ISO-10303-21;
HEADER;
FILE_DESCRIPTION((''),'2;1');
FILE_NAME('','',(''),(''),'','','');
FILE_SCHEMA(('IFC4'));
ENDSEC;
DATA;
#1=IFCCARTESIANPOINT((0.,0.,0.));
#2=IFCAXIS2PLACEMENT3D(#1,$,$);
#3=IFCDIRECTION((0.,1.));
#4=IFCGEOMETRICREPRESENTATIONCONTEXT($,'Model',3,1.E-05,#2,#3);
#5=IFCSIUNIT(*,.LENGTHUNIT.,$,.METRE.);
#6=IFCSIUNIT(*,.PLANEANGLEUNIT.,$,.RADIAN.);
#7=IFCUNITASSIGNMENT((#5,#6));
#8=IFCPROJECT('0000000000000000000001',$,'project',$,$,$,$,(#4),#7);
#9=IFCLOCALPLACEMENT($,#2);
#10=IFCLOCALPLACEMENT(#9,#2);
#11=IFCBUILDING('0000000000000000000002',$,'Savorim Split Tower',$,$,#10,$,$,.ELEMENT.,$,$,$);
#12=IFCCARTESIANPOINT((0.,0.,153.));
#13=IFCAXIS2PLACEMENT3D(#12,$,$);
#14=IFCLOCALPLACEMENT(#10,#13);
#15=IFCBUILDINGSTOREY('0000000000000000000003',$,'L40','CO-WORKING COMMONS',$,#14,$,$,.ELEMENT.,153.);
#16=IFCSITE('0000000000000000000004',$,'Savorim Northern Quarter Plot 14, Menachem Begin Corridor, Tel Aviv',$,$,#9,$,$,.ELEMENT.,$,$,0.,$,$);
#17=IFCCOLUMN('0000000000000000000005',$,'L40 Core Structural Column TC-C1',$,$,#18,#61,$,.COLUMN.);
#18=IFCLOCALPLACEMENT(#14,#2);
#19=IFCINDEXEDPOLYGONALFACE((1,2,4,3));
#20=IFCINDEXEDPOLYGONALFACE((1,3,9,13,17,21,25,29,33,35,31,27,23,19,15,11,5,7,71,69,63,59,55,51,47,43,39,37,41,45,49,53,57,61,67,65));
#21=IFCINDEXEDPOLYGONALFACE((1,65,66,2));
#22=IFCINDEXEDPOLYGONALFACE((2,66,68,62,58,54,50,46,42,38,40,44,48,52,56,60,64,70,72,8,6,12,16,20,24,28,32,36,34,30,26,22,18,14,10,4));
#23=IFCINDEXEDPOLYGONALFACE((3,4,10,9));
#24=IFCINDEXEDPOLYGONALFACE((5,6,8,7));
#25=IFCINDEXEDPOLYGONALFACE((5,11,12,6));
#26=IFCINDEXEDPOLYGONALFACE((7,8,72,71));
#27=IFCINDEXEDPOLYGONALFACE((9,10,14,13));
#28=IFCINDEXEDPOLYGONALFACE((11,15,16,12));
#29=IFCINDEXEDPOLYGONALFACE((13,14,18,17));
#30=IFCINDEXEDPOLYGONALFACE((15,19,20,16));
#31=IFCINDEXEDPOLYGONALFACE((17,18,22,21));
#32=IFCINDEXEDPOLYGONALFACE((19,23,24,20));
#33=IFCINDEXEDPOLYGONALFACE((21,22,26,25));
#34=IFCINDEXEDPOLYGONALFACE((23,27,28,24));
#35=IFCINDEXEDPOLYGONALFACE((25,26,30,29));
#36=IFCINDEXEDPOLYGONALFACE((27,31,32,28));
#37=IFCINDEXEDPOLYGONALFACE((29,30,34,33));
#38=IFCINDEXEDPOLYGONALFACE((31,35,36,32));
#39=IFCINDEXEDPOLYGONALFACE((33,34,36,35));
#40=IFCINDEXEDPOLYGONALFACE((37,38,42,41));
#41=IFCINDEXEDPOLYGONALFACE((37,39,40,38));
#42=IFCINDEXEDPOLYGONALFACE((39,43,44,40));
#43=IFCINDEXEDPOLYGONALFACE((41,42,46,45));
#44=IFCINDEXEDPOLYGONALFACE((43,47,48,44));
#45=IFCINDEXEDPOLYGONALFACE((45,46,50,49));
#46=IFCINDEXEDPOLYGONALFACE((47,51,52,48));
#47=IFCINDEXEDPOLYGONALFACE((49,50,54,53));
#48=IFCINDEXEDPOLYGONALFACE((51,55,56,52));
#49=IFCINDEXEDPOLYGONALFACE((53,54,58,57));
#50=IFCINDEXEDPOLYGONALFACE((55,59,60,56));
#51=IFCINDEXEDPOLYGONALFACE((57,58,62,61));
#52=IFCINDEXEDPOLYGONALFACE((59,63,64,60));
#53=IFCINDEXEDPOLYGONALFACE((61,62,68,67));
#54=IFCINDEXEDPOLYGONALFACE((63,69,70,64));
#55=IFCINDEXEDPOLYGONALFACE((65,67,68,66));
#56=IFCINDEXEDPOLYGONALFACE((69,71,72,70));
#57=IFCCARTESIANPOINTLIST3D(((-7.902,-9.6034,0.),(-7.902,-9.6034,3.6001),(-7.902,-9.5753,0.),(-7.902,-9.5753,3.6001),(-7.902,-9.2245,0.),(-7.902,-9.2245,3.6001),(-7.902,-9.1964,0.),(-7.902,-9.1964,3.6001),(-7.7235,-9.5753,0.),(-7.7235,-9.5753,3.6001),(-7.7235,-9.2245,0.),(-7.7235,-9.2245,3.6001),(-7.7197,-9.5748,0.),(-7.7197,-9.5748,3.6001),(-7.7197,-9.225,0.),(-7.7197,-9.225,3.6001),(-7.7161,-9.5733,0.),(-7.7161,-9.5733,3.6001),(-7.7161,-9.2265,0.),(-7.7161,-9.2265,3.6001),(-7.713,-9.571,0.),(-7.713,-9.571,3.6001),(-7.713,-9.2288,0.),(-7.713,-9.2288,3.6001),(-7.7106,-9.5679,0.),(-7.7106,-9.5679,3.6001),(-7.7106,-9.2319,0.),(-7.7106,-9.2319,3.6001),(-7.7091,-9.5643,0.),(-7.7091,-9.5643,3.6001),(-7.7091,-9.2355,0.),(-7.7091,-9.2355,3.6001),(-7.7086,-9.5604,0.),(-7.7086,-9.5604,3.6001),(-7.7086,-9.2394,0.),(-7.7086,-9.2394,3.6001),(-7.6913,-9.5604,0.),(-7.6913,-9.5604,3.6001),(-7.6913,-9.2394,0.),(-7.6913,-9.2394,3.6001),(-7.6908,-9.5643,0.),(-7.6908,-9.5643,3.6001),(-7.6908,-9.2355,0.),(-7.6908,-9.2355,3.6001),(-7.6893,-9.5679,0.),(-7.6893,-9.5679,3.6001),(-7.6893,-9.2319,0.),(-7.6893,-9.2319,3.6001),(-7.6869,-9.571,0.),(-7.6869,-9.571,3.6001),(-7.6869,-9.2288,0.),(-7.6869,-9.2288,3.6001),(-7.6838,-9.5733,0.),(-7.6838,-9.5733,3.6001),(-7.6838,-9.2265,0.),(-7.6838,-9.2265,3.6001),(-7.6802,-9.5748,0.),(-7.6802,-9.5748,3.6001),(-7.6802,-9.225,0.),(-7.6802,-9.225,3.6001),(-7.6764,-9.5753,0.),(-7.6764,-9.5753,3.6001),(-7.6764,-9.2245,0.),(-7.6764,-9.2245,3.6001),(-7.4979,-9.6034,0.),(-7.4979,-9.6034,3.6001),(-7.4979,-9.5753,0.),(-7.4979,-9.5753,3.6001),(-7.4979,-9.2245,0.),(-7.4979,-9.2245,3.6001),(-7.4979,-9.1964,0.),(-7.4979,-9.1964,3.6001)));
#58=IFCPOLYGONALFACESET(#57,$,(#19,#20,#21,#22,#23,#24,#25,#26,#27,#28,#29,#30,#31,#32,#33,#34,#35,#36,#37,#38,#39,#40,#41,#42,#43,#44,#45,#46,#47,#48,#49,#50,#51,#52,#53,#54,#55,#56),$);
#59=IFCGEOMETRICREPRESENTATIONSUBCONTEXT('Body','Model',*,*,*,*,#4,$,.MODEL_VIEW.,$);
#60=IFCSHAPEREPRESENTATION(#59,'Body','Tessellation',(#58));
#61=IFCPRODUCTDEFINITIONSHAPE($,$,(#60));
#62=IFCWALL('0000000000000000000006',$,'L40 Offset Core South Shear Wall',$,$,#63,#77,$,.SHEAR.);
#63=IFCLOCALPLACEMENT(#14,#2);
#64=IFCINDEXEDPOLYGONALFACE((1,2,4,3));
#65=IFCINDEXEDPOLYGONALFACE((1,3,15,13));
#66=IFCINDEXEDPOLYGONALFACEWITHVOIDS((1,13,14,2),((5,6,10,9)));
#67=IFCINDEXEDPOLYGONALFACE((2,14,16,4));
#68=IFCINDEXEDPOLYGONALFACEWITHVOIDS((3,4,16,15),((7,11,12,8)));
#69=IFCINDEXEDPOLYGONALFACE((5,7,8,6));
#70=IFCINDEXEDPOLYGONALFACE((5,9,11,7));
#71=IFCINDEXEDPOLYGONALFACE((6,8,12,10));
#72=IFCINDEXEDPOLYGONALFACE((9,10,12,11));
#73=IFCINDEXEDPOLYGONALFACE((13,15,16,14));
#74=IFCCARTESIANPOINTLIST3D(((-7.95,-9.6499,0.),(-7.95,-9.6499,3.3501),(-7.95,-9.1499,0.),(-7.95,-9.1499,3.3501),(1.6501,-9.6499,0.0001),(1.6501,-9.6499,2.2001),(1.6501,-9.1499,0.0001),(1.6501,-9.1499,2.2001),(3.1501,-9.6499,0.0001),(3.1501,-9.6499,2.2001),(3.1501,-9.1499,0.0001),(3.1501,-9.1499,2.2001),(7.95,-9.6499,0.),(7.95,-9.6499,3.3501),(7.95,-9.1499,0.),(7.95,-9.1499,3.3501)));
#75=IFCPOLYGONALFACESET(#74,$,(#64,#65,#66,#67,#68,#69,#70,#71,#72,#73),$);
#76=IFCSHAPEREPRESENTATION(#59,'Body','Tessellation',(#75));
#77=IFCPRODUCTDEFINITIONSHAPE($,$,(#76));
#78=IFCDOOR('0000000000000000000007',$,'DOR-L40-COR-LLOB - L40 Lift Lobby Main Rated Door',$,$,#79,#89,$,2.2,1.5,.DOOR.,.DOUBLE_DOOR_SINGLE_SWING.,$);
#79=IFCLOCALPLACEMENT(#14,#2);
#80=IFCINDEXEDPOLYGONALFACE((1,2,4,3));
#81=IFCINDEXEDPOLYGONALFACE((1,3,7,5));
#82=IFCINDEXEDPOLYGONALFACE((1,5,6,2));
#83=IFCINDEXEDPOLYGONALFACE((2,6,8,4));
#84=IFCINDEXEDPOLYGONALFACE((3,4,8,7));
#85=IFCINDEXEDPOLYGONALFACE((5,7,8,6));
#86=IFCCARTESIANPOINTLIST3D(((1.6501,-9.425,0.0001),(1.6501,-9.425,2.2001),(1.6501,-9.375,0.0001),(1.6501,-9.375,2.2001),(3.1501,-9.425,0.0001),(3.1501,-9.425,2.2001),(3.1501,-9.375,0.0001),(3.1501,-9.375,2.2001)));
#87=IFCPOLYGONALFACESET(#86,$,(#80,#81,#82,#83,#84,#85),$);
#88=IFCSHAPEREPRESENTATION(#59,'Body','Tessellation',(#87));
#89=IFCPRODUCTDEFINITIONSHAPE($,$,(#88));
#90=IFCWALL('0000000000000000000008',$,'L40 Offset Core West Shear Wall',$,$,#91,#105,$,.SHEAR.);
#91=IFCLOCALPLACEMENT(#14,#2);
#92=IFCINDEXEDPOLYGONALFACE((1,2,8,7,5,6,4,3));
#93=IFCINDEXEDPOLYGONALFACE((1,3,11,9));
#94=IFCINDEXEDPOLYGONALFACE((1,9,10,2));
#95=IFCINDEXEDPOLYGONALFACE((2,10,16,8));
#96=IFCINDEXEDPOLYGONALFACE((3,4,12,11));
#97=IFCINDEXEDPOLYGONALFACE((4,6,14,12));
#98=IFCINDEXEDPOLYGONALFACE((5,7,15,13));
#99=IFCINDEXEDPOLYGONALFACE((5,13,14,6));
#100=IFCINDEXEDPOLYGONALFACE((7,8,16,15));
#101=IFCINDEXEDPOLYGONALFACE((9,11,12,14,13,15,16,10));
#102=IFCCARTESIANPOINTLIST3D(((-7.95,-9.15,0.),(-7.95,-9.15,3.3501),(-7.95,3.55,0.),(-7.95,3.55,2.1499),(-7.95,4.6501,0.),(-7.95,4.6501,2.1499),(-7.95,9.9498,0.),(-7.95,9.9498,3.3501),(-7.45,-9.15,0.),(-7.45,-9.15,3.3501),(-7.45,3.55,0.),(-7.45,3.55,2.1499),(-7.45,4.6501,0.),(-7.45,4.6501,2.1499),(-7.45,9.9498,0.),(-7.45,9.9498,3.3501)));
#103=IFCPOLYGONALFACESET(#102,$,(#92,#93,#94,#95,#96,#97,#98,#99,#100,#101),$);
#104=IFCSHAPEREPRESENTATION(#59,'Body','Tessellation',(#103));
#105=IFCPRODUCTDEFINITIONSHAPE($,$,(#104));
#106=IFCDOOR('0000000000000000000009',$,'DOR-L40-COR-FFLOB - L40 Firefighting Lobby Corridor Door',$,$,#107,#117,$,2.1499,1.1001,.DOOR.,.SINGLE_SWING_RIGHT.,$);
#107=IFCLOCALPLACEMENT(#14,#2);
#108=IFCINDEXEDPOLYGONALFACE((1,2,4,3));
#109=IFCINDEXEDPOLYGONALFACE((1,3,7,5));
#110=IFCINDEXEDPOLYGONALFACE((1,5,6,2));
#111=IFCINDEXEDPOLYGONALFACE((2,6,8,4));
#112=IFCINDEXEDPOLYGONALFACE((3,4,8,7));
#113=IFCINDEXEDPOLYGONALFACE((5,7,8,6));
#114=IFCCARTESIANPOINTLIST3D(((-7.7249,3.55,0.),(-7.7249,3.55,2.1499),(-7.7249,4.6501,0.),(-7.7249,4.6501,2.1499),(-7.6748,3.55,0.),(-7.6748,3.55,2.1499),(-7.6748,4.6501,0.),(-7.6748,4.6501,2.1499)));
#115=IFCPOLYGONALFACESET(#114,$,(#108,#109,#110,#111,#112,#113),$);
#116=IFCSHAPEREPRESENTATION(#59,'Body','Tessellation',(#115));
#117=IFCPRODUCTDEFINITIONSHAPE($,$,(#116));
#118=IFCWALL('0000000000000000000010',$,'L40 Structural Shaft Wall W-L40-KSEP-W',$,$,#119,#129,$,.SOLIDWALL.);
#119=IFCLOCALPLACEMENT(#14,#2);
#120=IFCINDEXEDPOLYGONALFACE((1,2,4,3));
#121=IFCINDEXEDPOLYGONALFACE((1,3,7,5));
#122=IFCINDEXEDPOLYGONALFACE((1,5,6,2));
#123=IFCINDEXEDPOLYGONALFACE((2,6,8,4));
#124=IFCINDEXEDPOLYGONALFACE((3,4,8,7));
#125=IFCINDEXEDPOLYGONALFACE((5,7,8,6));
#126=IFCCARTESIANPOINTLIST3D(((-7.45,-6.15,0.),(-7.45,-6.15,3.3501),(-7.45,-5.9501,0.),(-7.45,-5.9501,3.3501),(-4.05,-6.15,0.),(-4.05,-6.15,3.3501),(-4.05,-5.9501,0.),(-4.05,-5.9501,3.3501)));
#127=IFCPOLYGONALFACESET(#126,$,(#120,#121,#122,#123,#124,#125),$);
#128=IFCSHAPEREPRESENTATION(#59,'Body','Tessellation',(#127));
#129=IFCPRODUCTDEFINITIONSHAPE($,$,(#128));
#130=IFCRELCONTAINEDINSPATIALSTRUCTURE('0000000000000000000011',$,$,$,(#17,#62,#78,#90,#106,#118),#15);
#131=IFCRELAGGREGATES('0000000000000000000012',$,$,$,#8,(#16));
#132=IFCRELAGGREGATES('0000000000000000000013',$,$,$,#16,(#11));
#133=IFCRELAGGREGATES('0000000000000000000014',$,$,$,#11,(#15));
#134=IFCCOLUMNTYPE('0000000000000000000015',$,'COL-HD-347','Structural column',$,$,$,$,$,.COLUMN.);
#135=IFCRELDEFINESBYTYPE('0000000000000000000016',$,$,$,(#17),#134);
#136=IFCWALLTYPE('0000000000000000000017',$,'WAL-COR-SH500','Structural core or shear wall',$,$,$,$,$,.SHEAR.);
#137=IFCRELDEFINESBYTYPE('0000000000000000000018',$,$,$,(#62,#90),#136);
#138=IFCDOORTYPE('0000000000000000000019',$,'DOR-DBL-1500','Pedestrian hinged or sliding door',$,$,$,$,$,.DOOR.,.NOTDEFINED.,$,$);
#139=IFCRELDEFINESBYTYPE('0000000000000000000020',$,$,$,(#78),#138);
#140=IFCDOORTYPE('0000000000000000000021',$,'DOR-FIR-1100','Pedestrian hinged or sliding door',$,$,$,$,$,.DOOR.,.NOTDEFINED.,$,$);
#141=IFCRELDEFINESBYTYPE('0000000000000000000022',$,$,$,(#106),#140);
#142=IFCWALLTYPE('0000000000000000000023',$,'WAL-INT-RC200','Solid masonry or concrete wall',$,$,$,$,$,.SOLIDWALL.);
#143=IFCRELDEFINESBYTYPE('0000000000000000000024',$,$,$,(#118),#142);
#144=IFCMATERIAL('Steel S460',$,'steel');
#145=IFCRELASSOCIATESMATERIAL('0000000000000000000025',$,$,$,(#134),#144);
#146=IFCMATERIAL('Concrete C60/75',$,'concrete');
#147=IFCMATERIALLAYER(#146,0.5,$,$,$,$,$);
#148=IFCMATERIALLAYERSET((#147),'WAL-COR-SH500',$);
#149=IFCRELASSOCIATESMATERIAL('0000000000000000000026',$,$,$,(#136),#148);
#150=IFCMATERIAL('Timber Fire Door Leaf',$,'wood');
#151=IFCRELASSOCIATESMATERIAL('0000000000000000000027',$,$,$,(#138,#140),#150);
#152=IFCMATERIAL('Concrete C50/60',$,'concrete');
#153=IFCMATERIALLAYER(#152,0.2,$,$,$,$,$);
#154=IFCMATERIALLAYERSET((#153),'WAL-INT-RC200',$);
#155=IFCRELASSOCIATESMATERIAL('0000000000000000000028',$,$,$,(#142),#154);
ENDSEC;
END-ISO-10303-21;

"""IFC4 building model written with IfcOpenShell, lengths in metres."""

from ifc_helpers import new_model, si_unit, direction, frame, frame_2d, origin, origin_2d, place, context, subcontext, project, spatial, rectangle, i_section, extrude, material, layer, layer_set, material_profile, profile_set, type_object, element, fill, save


model = new_model("IFC4")

# Units and contexts
model_context = context("Model", 3, precision=1e-05, world=origin(), true_north=direction((0.0, 1.0)))
body_context = subcontext(model_context, "Body", "Model", "MODEL_VIEW")
ifc_project = project(units=[si_unit("LENGTHUNIT", "METRE"), si_unit("PLANEANGLEUNIT", "RADIAN")], contexts=[model_context])

# Site, building, storey
site_placement = place(None, origin())
site = spatial("IfcSite", under=ifc_project, at=site_placement, Name="Savorim Northern Quarter Plot 14, Menachem Begin Corridor, Tel Aviv", CompositionType="ELEMENT", RefElevation=0.0)
building_placement = place(site_placement, origin())
building = spatial("IfcBuilding", under=site, at=building_placement, Name="Savorim Split Tower", CompositionType="ELEMENT")
storey_placement = place(building_placement, frame((0.0, 0.0, 153.0)))
storey = spatial("IfcBuildingStorey", under=building, at=storey_placement, Name="L40", Description="CO-WORKING COMMONS", CompositionType="ELEMENT", Elevation=153.0)

# Column
ifc_material_1 = material(Name="Steel S460", Category="steel")
ifc_material_profile = material_profile(ifc_material_1, i_section(OverallWidth=0.4041, OverallDepth=0.407, WebThickness=0.0173, FlangeThickness=0.0281, FilletRadius=0.0149, at=origin_2d()), Name="HD 400x347")
ifc_profile_set = profile_set([ifc_material_profile], Name="Steel S460")
column_type = type_object("IfcColumnType", Name="COL-HD-347", Description="Structural column", PredefinedType="COLUMN", material=ifc_profile_set)
column_placement = place(storey_placement, frame((-7.7, -9.3999, 0.0), z_axis=(0.0, 0.0, 1.0), x_axis=(1.0, 0.0, 0.0)))
element("IfcColumn", 1, at=column_placement, inside=storey, type_object=column_type, Name="L40 Core Structural Column TC-C1", PredefinedType="COLUMN", context=body_context, shape_type="SweptSolid", body=[
    extrude(i_section(OverallWidth=0.4041, OverallDepth=0.407, WebThickness=0.0173, FlangeThickness=0.0281, FilletRadius=0.0149, at=origin_2d()), origin(), (0.0, 0.0, 1.0), 3.6001),
])

# Walls, openings, doors
ifc_material_2 = material(Name="Concrete C60/75", Category="concrete")
ifc_layer_1 = layer(ifc_material_2, 0.5)
ifc_layer_set_1 = layer_set([ifc_layer_1], Name="WAL-COR-SH500")
wall_type_1 = type_object("IfcWallType", Name="WAL-COR-SH500", Description="Structural core or shear wall", PredefinedType="SHEAR", material=ifc_layer_set_1)
wall_1_placement = place(storey_placement, frame((-7.95, -9.3999, 0.0), z_axis=(0.0, 0.0, 1.0), x_axis=(1.0, 0.0, 0.0)))
wall_1 = element("IfcWall", 2, at=wall_1_placement, inside=storey, type_object=wall_type_1, Name="L40 Offset Core South Shear Wall", PredefinedType="SHEAR", context=body_context, shape_type="SweptSolid", body=[
    extrude(rectangle(XDim=15.8999, YDim=0.5, at=frame_2d((7.95, 0.0))), origin(), (0.0, 0.0, 1.0), 3.3501),
])
opening_1_placement = place(wall_1_placement, frame((9.6001, 0.0, 0.0)))
opening_1 = element("IfcOpeningElement", 3, at=opening_1_placement, cuts=wall_1, PredefinedType="OPENING", context=body_context, shape_type="SweptSolid", body=[
    extrude(rectangle(XDim=1.5, YDim=2.2, at=frame_2d((0.75, 1.1001))), frame((0.0, 0.26, 0.0), z_axis=(0.0, -1.0, 0.0), x_axis=(1.0, 0.0, 0.0)), (0.0, 0.0, 1.0), 0.52),
])
ifc_material_3 = material(Name="Timber Fire Door Leaf", Category="wood")
door_type_1 = type_object("IfcDoorType", Name="DOR-DBL-1500", Description="Pedestrian hinged or sliding door", OperationType="NOTDEFINED", PredefinedType="DOOR", material=ifc_material_3)
door_1_placement = place(opening_1_placement, origin())
door_1 = element("IfcDoor", 4, at=door_1_placement, inside=storey, type_object=door_type_1, Name="DOR-L40-COR-LLOB - L40 Lift Lobby Main Rated Door", OperationType="DOUBLE_DOOR_SINGLE_SWING", OverallHeight=2.2, OverallWidth=1.5, PredefinedType="DOOR", context=body_context, shape_type="SweptSolid", body=[
    extrude(rectangle(XDim=1.5, YDim=2.2, at=frame_2d((0.75, 1.1001))), frame((0.0, 0.0249, 0.0), z_axis=(0.0, -1.0, 0.0), x_axis=(1.0, 0.0, 0.0)), (0.0, 0.0, 1.0), 0.05),
])
fill(opening_1, door_1)
wall_2_placement = place(storey_placement, frame((-7.7, -9.1499, 0.0), z_axis=(0.0, 0.0, 1.0), x_axis=(0.0, 1.0, 0.0)))
wall_2 = element("IfcWall", 5, at=wall_2_placement, inside=storey, type_object=wall_type_1, Name="L40 Offset Core West Shear Wall", PredefinedType="SHEAR", context=body_context, shape_type="SweptSolid", body=[
    extrude(rectangle(XDim=19.0999, YDim=0.5, at=frame_2d((9.5498, 0.0))), origin(), (0.0, 0.0, 1.0), 3.3501),
])
opening_2_placement = place(wall_2_placement, frame((12.7, 0.0, 0.0)))
opening_2 = element("IfcOpeningElement", 6, at=opening_2_placement, cuts=wall_2, PredefinedType="OPENING", context=body_context, shape_type="SweptSolid", body=[
    extrude(rectangle(XDim=1.1001, YDim=2.1499, at=frame_2d((0.55, 1.075))), frame((0.0, 0.26, 0.0), z_axis=(0.0, -1.0, 0.0), x_axis=(1.0, 0.0, 0.0)), (0.0, 0.0, 1.0), 0.52),
])
door_type_2 = type_object("IfcDoorType", Name="DOR-FIR-1100", Description="Pedestrian hinged or sliding door", OperationType="NOTDEFINED", PredefinedType="DOOR", material=ifc_material_3)
door_2_placement = place(opening_2_placement, origin())
door_2 = element("IfcDoor", 7, at=door_2_placement, inside=storey, type_object=door_type_2, Name="DOR-L40-COR-FFLOB - L40 Firefighting Lobby Corridor Door", OperationType="SINGLE_SWING_RIGHT", OverallHeight=2.1499, OverallWidth=1.1001, PredefinedType="DOOR", context=body_context, shape_type="SweptSolid", body=[
    extrude(rectangle(XDim=1.1001, YDim=2.1499, at=frame_2d((0.55, 1.075))), frame((0.0, 0.0249, 0.0), z_axis=(0.0, -1.0, 0.0), x_axis=(1.0, 0.0, 0.0)), (0.0, 0.0, 1.0), 0.05),
])
fill(opening_2, door_2)

# Wall
ifc_material_4 = material(Name="Concrete C50/60", Category="concrete")
ifc_layer_2 = layer(ifc_material_4, 0.2)
ifc_layer_set_2 = layer_set([ifc_layer_2], Name="WAL-INT-RC200")
wall_type_2 = type_object("IfcWallType", Name="WAL-INT-RC200", Description="Solid masonry or concrete wall", PredefinedType="SOLIDWALL", material=ifc_layer_set_2)
wall_3_placement = place(storey_placement, frame((-7.45, -6.05, 0.0), z_axis=(0.0, 0.0, 1.0), x_axis=(1.0, 0.0, 0.0)))
element("IfcWall", 8, at=wall_3_placement, inside=storey, type_object=wall_type_2, Name="L40 Structural Shaft Wall W-L40-KSEP-W", PredefinedType="SOLIDWALL", context=body_context, shape_type="SweptSolid", body=[
    extrude(rectangle(XDim=3.3999, YDim=0.2, at=frame_2d((1.7, 0.0))), origin(), (0.0, 0.0, 1.0), 3.3501),
])

save(model, "model.ifc")
